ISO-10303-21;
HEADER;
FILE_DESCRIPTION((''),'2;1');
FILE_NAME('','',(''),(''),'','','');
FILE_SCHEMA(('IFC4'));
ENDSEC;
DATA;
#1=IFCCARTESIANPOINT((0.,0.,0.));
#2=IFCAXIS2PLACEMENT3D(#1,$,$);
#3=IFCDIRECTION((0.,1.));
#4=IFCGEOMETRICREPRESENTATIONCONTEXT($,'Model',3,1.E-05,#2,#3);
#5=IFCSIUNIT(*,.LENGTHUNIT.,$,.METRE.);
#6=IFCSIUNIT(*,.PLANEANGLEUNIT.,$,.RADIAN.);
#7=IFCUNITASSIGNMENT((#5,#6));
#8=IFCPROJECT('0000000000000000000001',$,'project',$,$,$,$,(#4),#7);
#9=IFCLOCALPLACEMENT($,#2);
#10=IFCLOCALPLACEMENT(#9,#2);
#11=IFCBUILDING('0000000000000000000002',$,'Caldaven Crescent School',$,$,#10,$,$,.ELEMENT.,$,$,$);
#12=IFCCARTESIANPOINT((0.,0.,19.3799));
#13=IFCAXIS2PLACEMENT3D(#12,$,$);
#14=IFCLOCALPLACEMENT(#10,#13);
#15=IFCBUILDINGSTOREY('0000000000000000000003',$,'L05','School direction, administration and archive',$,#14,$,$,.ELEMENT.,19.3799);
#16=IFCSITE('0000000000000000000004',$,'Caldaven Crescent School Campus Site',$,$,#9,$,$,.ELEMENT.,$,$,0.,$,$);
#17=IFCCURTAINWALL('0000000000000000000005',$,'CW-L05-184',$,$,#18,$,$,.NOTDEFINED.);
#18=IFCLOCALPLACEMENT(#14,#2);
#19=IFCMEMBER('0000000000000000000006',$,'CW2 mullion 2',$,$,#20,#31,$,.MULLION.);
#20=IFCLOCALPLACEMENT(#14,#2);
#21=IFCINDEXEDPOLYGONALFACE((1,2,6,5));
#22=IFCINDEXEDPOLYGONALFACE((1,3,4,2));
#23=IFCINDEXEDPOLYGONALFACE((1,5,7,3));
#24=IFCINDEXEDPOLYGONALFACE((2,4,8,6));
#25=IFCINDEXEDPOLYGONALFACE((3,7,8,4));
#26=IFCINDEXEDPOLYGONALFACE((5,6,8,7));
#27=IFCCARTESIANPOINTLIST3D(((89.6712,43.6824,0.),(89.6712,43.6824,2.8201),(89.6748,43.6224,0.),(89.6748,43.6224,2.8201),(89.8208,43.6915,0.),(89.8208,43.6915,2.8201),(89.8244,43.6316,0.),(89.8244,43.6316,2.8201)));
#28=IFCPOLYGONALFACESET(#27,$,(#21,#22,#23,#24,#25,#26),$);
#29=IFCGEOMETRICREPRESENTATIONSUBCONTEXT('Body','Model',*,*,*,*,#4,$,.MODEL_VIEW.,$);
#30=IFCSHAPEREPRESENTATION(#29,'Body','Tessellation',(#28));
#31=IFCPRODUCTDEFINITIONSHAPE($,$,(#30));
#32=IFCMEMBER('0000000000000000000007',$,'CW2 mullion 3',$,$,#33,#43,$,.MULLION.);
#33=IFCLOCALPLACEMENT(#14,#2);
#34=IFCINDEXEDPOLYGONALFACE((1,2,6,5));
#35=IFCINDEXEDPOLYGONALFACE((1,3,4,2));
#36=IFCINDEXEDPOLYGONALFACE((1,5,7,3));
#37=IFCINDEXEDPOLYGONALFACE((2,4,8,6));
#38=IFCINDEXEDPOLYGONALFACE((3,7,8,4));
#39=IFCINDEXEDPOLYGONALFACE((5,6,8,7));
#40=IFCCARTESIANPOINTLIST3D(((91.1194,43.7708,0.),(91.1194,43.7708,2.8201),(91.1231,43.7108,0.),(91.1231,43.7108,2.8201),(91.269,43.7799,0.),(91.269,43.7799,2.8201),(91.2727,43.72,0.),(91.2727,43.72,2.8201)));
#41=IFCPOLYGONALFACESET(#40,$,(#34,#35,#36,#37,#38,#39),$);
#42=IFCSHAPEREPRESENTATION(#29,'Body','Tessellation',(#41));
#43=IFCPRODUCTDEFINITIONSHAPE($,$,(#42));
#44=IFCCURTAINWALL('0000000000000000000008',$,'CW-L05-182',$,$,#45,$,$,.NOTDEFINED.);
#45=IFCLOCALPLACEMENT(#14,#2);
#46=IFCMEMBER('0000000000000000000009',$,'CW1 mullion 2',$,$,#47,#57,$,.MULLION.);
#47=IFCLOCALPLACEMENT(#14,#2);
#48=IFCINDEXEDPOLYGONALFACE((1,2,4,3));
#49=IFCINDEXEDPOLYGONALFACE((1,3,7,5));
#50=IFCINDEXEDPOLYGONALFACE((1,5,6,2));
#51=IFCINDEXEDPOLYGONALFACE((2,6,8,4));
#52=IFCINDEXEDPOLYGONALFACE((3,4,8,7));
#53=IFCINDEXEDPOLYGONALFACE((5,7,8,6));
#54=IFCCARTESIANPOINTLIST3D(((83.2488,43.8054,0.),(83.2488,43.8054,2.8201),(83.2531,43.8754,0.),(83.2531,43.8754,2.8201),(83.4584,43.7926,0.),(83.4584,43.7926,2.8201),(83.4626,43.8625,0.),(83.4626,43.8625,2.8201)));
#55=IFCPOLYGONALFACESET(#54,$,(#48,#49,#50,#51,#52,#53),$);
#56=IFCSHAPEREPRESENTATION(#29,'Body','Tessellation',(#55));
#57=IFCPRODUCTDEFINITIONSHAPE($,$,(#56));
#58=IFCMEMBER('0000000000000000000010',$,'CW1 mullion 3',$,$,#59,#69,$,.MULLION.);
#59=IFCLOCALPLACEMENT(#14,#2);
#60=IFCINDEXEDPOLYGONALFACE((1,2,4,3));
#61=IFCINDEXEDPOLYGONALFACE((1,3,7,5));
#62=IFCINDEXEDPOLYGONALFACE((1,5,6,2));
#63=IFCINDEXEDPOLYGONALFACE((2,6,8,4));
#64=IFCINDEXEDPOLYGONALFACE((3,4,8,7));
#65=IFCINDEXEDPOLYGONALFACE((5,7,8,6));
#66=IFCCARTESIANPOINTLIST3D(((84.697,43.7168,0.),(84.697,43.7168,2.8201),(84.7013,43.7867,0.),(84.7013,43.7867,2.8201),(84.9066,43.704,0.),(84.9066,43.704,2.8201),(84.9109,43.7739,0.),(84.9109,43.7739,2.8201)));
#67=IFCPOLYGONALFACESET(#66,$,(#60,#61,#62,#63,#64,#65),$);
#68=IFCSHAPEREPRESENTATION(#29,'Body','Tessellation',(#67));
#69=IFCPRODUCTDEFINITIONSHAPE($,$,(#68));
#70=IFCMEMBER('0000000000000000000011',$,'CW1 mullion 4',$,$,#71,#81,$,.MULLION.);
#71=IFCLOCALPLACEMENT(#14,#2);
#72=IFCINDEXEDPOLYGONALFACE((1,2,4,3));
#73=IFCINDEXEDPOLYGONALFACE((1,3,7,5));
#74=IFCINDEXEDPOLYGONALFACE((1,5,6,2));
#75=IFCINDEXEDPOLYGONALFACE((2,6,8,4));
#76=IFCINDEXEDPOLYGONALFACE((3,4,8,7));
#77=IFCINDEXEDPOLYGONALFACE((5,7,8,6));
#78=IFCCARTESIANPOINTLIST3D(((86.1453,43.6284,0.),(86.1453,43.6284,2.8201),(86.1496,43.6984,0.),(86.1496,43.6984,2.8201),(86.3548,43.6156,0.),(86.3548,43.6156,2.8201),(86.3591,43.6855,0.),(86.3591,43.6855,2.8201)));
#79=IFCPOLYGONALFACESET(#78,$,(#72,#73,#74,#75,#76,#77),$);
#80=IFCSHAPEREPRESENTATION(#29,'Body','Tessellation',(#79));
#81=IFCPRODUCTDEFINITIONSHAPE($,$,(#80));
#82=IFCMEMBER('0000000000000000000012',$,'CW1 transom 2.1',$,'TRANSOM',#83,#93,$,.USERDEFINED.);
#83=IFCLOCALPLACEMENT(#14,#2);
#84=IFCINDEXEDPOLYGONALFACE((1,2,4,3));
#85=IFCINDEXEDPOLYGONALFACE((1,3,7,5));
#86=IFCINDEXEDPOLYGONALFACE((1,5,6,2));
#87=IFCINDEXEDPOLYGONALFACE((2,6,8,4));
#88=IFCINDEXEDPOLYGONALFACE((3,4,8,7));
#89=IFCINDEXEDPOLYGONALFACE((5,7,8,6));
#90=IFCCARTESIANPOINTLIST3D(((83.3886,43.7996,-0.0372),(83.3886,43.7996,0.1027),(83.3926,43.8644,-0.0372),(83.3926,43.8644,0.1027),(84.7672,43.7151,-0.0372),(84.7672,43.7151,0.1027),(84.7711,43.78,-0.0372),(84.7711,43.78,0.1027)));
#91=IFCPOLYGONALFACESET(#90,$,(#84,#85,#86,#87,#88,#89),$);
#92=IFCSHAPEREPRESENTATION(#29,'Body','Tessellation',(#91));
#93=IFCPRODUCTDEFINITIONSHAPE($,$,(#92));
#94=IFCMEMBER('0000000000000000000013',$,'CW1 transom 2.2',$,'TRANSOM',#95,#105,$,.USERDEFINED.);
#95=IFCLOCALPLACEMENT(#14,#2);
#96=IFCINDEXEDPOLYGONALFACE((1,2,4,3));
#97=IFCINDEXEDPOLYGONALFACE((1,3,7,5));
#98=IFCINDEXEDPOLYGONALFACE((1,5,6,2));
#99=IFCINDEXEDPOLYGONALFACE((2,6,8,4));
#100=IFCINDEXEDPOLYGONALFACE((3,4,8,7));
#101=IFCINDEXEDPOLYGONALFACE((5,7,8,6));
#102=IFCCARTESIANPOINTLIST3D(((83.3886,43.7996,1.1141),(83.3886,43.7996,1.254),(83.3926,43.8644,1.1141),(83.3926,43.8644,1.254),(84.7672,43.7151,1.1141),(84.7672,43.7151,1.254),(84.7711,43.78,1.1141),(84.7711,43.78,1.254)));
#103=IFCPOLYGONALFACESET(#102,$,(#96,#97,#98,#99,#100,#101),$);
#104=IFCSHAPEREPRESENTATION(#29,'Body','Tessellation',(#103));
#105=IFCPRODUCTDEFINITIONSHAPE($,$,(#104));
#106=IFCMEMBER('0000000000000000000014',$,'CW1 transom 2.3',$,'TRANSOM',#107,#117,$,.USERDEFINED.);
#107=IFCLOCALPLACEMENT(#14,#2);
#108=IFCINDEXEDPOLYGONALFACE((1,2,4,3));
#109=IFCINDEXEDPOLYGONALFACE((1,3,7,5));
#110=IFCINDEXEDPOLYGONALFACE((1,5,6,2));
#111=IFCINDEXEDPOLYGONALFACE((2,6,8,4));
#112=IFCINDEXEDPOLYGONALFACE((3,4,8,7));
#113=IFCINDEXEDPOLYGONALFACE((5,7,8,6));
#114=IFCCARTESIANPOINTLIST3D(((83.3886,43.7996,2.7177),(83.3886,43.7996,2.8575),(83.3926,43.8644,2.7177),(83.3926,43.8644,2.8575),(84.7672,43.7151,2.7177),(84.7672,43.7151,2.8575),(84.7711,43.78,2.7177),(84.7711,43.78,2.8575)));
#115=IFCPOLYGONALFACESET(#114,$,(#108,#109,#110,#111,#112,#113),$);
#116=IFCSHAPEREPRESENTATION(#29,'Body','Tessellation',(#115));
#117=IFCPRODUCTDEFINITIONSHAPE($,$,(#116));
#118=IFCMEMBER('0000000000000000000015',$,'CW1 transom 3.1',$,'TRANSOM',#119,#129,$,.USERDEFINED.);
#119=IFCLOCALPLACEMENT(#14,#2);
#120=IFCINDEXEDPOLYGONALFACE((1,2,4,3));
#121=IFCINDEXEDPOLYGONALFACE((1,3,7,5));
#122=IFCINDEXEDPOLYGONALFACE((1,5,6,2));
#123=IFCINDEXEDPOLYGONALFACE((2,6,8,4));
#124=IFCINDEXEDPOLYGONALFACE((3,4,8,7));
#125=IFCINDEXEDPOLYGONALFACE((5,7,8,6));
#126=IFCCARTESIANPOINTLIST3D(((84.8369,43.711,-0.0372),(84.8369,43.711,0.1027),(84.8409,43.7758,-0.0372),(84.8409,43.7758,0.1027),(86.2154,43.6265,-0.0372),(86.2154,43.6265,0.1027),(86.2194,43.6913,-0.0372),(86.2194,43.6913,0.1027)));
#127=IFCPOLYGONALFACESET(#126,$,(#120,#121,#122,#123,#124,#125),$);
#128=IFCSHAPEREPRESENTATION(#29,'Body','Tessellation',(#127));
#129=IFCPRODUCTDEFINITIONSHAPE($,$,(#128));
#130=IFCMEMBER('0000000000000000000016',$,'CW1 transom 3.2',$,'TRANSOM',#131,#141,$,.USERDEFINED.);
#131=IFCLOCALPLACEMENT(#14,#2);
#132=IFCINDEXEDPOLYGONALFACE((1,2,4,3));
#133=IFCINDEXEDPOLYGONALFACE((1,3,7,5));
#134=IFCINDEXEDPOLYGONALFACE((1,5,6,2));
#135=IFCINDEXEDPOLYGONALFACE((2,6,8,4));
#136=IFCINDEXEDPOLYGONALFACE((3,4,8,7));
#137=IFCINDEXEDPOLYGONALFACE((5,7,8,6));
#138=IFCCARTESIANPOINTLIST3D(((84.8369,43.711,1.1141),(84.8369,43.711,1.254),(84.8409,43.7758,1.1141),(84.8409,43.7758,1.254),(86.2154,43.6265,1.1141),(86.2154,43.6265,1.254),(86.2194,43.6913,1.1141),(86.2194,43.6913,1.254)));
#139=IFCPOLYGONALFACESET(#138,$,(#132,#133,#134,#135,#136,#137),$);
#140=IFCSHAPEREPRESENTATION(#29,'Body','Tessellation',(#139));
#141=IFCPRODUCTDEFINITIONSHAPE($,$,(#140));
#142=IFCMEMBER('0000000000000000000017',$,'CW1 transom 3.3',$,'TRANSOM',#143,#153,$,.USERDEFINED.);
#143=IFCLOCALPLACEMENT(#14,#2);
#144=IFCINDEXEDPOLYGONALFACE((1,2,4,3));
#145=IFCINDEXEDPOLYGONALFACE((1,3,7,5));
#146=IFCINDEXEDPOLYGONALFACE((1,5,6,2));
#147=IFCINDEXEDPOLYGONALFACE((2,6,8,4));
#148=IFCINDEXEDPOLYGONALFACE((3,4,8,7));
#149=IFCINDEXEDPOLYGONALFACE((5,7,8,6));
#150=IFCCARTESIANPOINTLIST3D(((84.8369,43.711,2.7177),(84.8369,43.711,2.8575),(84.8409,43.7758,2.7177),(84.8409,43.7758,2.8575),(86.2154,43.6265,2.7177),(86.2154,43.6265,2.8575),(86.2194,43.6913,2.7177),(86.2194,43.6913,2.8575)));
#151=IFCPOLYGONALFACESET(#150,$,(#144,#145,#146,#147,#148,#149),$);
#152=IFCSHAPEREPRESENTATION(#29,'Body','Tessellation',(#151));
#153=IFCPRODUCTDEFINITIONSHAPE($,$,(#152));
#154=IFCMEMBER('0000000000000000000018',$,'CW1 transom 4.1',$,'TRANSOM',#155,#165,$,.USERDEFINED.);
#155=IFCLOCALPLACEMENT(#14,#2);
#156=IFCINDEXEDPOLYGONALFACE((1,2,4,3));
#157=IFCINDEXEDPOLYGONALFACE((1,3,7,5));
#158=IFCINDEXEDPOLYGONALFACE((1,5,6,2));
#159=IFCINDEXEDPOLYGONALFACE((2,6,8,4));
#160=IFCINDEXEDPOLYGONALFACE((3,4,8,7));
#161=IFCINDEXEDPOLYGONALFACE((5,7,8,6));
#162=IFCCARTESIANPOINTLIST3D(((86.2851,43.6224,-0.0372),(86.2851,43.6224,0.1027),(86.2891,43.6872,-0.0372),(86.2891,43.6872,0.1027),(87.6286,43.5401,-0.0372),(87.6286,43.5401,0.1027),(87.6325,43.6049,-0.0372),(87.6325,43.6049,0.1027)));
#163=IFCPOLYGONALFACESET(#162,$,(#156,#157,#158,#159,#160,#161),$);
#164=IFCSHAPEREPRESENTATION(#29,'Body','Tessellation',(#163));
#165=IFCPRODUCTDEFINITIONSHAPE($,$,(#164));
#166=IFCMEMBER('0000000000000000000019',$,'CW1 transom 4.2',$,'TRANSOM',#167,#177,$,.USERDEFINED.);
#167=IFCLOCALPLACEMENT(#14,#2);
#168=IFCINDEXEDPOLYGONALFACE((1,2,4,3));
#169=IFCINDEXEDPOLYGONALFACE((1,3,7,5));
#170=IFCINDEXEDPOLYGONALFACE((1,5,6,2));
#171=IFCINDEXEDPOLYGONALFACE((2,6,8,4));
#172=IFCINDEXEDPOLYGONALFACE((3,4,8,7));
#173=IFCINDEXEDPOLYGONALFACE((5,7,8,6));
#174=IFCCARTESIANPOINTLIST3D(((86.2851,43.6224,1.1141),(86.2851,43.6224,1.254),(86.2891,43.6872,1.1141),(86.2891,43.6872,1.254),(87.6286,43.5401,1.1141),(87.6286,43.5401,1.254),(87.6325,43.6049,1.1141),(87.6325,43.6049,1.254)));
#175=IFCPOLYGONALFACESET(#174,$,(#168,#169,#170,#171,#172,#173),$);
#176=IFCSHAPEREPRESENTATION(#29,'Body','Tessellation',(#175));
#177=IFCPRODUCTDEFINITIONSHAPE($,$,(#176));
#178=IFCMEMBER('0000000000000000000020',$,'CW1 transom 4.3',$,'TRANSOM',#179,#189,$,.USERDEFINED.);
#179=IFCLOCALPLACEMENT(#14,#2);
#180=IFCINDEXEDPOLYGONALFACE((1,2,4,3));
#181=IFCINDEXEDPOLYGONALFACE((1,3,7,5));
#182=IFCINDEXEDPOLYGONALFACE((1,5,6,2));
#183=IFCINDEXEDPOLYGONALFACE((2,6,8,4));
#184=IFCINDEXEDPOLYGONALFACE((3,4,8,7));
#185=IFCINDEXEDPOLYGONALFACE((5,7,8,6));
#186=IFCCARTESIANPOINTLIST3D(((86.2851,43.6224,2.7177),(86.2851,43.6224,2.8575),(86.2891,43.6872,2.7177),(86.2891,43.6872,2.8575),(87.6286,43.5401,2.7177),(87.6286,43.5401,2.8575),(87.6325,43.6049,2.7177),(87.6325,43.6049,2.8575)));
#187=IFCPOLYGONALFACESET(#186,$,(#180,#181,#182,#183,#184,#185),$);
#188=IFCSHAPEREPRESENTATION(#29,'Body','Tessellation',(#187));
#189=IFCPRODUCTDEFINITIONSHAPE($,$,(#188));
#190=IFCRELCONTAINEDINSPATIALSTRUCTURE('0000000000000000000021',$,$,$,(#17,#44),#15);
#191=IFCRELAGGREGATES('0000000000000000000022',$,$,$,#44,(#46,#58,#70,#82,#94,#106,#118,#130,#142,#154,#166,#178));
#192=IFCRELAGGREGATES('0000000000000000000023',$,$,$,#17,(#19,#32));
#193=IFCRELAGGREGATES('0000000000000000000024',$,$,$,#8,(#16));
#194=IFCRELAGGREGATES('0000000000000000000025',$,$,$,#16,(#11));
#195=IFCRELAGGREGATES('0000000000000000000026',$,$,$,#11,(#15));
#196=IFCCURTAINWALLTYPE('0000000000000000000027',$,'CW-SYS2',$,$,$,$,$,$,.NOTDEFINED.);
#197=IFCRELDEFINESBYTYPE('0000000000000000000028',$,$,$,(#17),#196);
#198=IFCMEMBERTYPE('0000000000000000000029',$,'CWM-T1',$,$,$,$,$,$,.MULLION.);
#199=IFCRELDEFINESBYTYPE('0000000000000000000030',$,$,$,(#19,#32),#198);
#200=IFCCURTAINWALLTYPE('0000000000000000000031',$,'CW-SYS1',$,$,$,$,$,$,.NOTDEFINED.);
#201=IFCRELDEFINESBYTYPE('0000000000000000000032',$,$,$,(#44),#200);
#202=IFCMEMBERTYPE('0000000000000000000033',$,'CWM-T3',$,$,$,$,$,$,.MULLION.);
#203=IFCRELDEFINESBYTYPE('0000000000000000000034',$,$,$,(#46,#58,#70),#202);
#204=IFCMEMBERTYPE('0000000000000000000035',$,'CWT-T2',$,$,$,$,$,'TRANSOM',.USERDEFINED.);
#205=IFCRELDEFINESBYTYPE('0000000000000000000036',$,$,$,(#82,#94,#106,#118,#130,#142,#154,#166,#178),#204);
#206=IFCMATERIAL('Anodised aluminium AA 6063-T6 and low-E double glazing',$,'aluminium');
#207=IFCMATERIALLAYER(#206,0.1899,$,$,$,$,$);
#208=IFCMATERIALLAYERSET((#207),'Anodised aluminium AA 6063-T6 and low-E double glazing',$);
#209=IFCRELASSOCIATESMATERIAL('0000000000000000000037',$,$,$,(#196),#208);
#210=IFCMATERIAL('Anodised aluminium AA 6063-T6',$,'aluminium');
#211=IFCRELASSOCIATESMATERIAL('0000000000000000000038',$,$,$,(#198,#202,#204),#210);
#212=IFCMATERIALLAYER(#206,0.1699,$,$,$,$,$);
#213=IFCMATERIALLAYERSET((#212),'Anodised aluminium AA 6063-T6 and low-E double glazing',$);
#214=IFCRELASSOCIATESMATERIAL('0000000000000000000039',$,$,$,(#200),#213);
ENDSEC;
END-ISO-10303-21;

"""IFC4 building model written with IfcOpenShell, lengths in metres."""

from ifc_helpers import new_model, si_unit, direction, frame, origin, origin_2d, place, context, subcontext, project, spatial, rectangle, extrude, material, layer, layer_set, material_profile, profile_set, type_object, element, aggregate, save


model = new_model("IFC4")

# Units and contexts
model_context = context("Model", 3, precision=1e-05, world=origin(), true_north=direction((0.0, 1.0)))
body_context = subcontext(model_context, "Body", "Model", "MODEL_VIEW")
ifc_project = project(units=[si_unit("LENGTHUNIT", "METRE"), si_unit("PLANEANGLEUNIT", "RADIAN")], contexts=[model_context])

# Site, building, storey
site_placement = place(None, origin())
site = spatial("IfcSite", under=ifc_project, at=site_placement, Name="Caldaven Crescent School Campus Site", CompositionType="ELEMENT", RefElevation=0.0)
building_placement = place(site_placement, origin())
building = spatial("IfcBuilding", under=site, at=building_placement, Name="Caldaven Crescent School", CompositionType="ELEMENT")
storey_placement = place(building_placement, frame((0.0, 0.0, 19.3799)))
storey = spatial("IfcBuildingStorey", under=building, at=storey_placement, Name="L05", Description="School direction, administration and archive", CompositionType="ELEMENT", Elevation=19.3799)

# Curtain walls, members
ifc_material_1 = material(Name="Anodised aluminium AA 6063-T6 and low-E double glazing", Category="aluminium")
ifc_layer_1 = layer(ifc_material_1, 0.1899)
ifc_layer_set_1 = layer_set([ifc_layer_1], Name="Anodised aluminium AA 6063-T6 and low-E double glazing")
curtain_wall_type_1 = type_object("IfcCurtainWallType", Name="CW-SYS2", PredefinedType="NOTDEFINED", material=ifc_layer_set_1)
curtain_wall_1_placement = place(storey_placement, origin())
curtain_wall_1 = element("IfcCurtainWall", 1, at=curtain_wall_1_placement, inside=storey, type_object=curtain_wall_type_1, Name="CW-L05-184", PredefinedType="NOTDEFINED")
ifc_material_2 = material(Name="Anodised aluminium AA 6063-T6", Category="aluminium")
ifc_material_profile_1 = material_profile(ifc_material_2, rectangle(XDim=0.0601, YDim=0.1499, at=origin_2d()), Name="CWM 60x150")
ifc_profile_set_1 = profile_set([ifc_material_profile_1], Name="Anodised aluminium AA 6063-T6")
member_type_1 = type_object("IfcMemberType", Name="CWM-T1", PredefinedType="MULLION", material=ifc_profile_set_1)
member_1_placement = place(storey_placement, frame((89.7478, 43.657, 0.0), z_axis=(0.0, 0.0, 1.0), x_axis=(-0.061049, 0.998135, 0.0)))
member_1 = element("IfcMember", 2, at=member_1_placement, type_object=member_type_1, Name="CW2 mullion 2", PredefinedType="MULLION", context=body_context, shape_type="SweptSolid", body=[
    extrude(rectangle(XDim=0.0601, YDim=0.1499, at=origin_2d()), origin(), (0.0, 0.0, 1.0), 2.8201),
])
member_2_placement = place(storey_placement, frame((91.196, 43.7454, 0.0), z_axis=(0.0, 0.0, 1.0), x_axis=(-0.061049, 0.998135, 0.0)))
member_2 = element("IfcMember", 3, at=member_2_placement, type_object=member_type_1, Name="CW2 mullion 3", PredefinedType="MULLION", context=body_context, shape_type="SweptSolid", body=[
    extrude(rectangle(XDim=0.0601, YDim=0.1499, at=origin_2d()), origin(), (0.0, 0.0, 1.0), 2.8201),
])
ifc_layer_2 = layer(ifc_material_1, 0.1699)
ifc_layer_set_2 = layer_set([ifc_layer_2], Name="Anodised aluminium AA 6063-T6 and low-E double glazing")
curtain_wall_type_2 = type_object("IfcCurtainWallType", Name="CW-SYS1", PredefinedType="NOTDEFINED", material=ifc_layer_set_2)
curtain_wall_2_placement = place(storey_placement, origin())
curtain_wall_2 = element("IfcCurtainWall", 4, at=curtain_wall_2_placement, inside=storey, type_object=curtain_wall_type_2, Name="CW-L05-182", PredefinedType="NOTDEFINED")
ifc_material_profile_2 = material_profile(ifc_material_2, rectangle(XDim=0.0701, YDim=0.21, at=origin_2d()), Name="CWM 70x210")
ifc_profile_set_2 = profile_set([ifc_material_profile_2], Name="Anodised aluminium AA 6063-T6")
member_type_2 = type_object("IfcMemberType", Name="CWM-T3", PredefinedType="MULLION", material=ifc_profile_set_2)
member_3_placement = place(storey_placement, frame((83.3557, 43.834, 0.0), z_axis=(0.0, 0.0, 1.0), x_axis=(0.061049, 0.998135, 0.0)))
member_3 = element("IfcMember", 5, at=member_3_placement, type_object=member_type_2, Name="CW1 mullion 2", PredefinedType="MULLION", context=body_context, shape_type="SweptSolid", body=[
    extrude(rectangle(XDim=0.0701, YDim=0.21, at=origin_2d()), origin(), (0.0, 0.0, 1.0), 2.8201),
])
member_4_placement = place(storey_placement, frame((84.804, 43.7454, 0.0), z_axis=(0.0, 0.0, 1.0), x_axis=(0.061049, 0.998135, 0.0)))
member_4 = element("IfcMember", 6, at=member_4_placement, type_object=member_type_2, Name="CW1 mullion 3", PredefinedType="MULLION", context=body_context, shape_type="SweptSolid", body=[
    extrude(rectangle(XDim=0.0701, YDim=0.21, at=origin_2d()), origin(), (0.0, 0.0, 1.0), 2.8201),
])
member_5_placement = place(storey_placement, frame((86.2522, 43.657, 0.0), z_axis=(0.0, 0.0, 1.0), x_axis=(0.061049, 0.998135, 0.0)))
member_5 = element("IfcMember", 7, at=member_5_placement, type_object=member_type_2, Name="CW1 mullion 4", PredefinedType="MULLION", context=body_context, shape_type="SweptSolid", body=[
    extrude(rectangle(XDim=0.0701, YDim=0.21, at=origin_2d()), origin(), (0.0, 0.0, 1.0), 2.8201),
])
ifc_material_profile_3 = material_profile(ifc_material_2, rectangle(XDim=0.0649, YDim=0.1399, at=origin_2d()), Name="CWT 65x140")
ifc_profile_set_3 = profile_set([ifc_material_profile_3], Name="Anodised aluminium AA 6063-T6")
member_type_3 = type_object("IfcMemberType", Name="CWT-T2", ElementType="TRANSOM", PredefinedType="USERDEFINED", material=ifc_profile_set_3)
member_6_placement = place(storey_placement, frame((83.3906, 43.832, 0.0327), z_axis=(0.998128, -0.061168, 0.0), x_axis=(0.061168, 0.998128, 0.0)))
member_6 = element("IfcMember", 8, at=member_6_placement, type_object=member_type_3, Name="CW1 transom 2.1", ObjectType="TRANSOM", PredefinedType="USERDEFINED", context=body_context, shape_type="SweptSolid", body=[
    extrude(rectangle(XDim=0.0649, YDim=0.1399, at=origin_2d()), origin(), (0.0, 0.0, 1.0), 1.3811),
])
member_7_placement = place(storey_placement, frame((83.3906, 43.832, 1.1841), z_axis=(0.998128, -0.061168, 0.0), x_axis=(0.061168, 0.998128, 0.0)))
member_7 = element("IfcMember", 9, at=member_7_placement, type_object=member_type_3, Name="CW1 transom 2.2", ObjectType="TRANSOM", PredefinedType="USERDEFINED", context=body_context, shape_type="SweptSolid", body=[
    extrude(rectangle(XDim=0.0649, YDim=0.1399, at=origin_2d()), origin(), (0.0, 0.0, 1.0), 1.3811),
])
member_8_placement = place(storey_placement, frame((83.3906, 43.832, 2.7876), z_axis=(0.998128, -0.061168, 0.0), x_axis=(0.061168, 0.998128, 0.0)))
member_8 = element("IfcMember", 10, at=member_8_placement, type_object=member_type_3, Name="CW1 transom 2.3", ObjectType="TRANSOM", PredefinedType="USERDEFINED", context=body_context, shape_type="SweptSolid", body=[
    extrude(rectangle(XDim=0.0649, YDim=0.1399, at=origin_2d()), origin(), (0.0, 0.0, 1.0), 1.3811),
])
member_9_placement = place(storey_placement, frame((84.8389, 43.7434, 0.0327), z_axis=(0.998128, -0.061168, 0.0), x_axis=(0.061168, 0.998128, 0.0)))
member_9 = element("IfcMember", 11, at=member_9_placement, type_object=member_type_3, Name="CW1 transom 3.1", ObjectType="TRANSOM", PredefinedType="USERDEFINED", context=body_context, shape_type="SweptSolid", body=[
    extrude(rectangle(XDim=0.0649, YDim=0.1399, at=origin_2d()), origin(), (0.0, 0.0, 1.0), 1.3811),
])
member_10_placement = place(storey_placement, frame((84.8389, 43.7434, 1.1841), z_axis=(0.998128, -0.061168, 0.0), x_axis=(0.061168, 0.998128, 0.0)))
member_10 = element("IfcMember", 12, at=member_10_placement, type_object=member_type_3, Name="CW1 transom 3.2", ObjectType="TRANSOM", PredefinedType="USERDEFINED", context=body_context, shape_type="SweptSolid", body=[
    extrude(rectangle(XDim=0.0649, YDim=0.1399, at=origin_2d()), origin(), (0.0, 0.0, 1.0), 1.3811),
])
member_11_placement = place(storey_placement, frame((84.8389, 43.7434, 2.7876), z_axis=(0.998128, -0.061168, 0.0), x_axis=(0.061168, 0.998128, 0.0)))
member_11 = element("IfcMember", 13, at=member_11_placement, type_object=member_type_3, Name="CW1 transom 3.3", ObjectType="TRANSOM", PredefinedType="USERDEFINED", context=body_context, shape_type="SweptSolid", body=[
    extrude(rectangle(XDim=0.0649, YDim=0.1399, at=origin_2d()), origin(), (0.0, 0.0, 1.0), 1.3811),
])
member_12_placement = place(storey_placement, frame((86.2871, 43.6548, 0.0327), z_axis=(0.99813, -0.061125, 0.0), x_axis=(0.061125, 0.99813, 0.0)))
member_12 = element("IfcMember", 14, at=member_12_placement, type_object=member_type_3, Name="CW1 transom 4.1", ObjectType="TRANSOM", PredefinedType="USERDEFINED", context=body_context, shape_type="SweptSolid", body=[
    extrude(rectangle(XDim=0.0649, YDim=0.1399, at=origin_2d()), origin(), (0.0, 0.0, 1.0), 1.3459),
])
member_13_placement = place(storey_placement, frame((86.2871, 43.6548, 1.1841), z_axis=(0.99813, -0.061125, 0.0), x_axis=(0.061125, 0.99813, 0.0)))
member_13 = element("IfcMember", 15, at=member_13_placement, type_object=member_type_3, Name="CW1 transom 4.2", ObjectType="TRANSOM", PredefinedType="USERDEFINED", context=body_context, shape_type="SweptSolid", body=[
    extrude(rectangle(XDim=0.0649, YDim=0.1399, at=origin_2d()), origin(), (0.0, 0.0, 1.0), 1.3459),
])
member_14_placement = place(storey_placement, frame((86.2871, 43.6548, 2.7876), z_axis=(0.99813, -0.061125, 0.0), x_axis=(0.061125, 0.99813, 0.0)))
member_14 = element("IfcMember", 16, at=member_14_placement, type_object=member_type_3, Name="CW1 transom 4.3", ObjectType="TRANSOM", PredefinedType="USERDEFINED", context=body_context, shape_type="SweptSolid", body=[
    extrude(rectangle(XDim=0.0649, YDim=0.1399, at=origin_2d()), origin(), (0.0, 0.0, 1.0), 1.3459),
])

aggregate(curtain_wall_2, [member_3, member_4, member_5, member_6, member_7, member_8, member_9, member_10, member_11, member_12, member_13, member_14])
aggregate(curtain_wall_1, [member_1, member_2])

save(model, "model.ifc")
